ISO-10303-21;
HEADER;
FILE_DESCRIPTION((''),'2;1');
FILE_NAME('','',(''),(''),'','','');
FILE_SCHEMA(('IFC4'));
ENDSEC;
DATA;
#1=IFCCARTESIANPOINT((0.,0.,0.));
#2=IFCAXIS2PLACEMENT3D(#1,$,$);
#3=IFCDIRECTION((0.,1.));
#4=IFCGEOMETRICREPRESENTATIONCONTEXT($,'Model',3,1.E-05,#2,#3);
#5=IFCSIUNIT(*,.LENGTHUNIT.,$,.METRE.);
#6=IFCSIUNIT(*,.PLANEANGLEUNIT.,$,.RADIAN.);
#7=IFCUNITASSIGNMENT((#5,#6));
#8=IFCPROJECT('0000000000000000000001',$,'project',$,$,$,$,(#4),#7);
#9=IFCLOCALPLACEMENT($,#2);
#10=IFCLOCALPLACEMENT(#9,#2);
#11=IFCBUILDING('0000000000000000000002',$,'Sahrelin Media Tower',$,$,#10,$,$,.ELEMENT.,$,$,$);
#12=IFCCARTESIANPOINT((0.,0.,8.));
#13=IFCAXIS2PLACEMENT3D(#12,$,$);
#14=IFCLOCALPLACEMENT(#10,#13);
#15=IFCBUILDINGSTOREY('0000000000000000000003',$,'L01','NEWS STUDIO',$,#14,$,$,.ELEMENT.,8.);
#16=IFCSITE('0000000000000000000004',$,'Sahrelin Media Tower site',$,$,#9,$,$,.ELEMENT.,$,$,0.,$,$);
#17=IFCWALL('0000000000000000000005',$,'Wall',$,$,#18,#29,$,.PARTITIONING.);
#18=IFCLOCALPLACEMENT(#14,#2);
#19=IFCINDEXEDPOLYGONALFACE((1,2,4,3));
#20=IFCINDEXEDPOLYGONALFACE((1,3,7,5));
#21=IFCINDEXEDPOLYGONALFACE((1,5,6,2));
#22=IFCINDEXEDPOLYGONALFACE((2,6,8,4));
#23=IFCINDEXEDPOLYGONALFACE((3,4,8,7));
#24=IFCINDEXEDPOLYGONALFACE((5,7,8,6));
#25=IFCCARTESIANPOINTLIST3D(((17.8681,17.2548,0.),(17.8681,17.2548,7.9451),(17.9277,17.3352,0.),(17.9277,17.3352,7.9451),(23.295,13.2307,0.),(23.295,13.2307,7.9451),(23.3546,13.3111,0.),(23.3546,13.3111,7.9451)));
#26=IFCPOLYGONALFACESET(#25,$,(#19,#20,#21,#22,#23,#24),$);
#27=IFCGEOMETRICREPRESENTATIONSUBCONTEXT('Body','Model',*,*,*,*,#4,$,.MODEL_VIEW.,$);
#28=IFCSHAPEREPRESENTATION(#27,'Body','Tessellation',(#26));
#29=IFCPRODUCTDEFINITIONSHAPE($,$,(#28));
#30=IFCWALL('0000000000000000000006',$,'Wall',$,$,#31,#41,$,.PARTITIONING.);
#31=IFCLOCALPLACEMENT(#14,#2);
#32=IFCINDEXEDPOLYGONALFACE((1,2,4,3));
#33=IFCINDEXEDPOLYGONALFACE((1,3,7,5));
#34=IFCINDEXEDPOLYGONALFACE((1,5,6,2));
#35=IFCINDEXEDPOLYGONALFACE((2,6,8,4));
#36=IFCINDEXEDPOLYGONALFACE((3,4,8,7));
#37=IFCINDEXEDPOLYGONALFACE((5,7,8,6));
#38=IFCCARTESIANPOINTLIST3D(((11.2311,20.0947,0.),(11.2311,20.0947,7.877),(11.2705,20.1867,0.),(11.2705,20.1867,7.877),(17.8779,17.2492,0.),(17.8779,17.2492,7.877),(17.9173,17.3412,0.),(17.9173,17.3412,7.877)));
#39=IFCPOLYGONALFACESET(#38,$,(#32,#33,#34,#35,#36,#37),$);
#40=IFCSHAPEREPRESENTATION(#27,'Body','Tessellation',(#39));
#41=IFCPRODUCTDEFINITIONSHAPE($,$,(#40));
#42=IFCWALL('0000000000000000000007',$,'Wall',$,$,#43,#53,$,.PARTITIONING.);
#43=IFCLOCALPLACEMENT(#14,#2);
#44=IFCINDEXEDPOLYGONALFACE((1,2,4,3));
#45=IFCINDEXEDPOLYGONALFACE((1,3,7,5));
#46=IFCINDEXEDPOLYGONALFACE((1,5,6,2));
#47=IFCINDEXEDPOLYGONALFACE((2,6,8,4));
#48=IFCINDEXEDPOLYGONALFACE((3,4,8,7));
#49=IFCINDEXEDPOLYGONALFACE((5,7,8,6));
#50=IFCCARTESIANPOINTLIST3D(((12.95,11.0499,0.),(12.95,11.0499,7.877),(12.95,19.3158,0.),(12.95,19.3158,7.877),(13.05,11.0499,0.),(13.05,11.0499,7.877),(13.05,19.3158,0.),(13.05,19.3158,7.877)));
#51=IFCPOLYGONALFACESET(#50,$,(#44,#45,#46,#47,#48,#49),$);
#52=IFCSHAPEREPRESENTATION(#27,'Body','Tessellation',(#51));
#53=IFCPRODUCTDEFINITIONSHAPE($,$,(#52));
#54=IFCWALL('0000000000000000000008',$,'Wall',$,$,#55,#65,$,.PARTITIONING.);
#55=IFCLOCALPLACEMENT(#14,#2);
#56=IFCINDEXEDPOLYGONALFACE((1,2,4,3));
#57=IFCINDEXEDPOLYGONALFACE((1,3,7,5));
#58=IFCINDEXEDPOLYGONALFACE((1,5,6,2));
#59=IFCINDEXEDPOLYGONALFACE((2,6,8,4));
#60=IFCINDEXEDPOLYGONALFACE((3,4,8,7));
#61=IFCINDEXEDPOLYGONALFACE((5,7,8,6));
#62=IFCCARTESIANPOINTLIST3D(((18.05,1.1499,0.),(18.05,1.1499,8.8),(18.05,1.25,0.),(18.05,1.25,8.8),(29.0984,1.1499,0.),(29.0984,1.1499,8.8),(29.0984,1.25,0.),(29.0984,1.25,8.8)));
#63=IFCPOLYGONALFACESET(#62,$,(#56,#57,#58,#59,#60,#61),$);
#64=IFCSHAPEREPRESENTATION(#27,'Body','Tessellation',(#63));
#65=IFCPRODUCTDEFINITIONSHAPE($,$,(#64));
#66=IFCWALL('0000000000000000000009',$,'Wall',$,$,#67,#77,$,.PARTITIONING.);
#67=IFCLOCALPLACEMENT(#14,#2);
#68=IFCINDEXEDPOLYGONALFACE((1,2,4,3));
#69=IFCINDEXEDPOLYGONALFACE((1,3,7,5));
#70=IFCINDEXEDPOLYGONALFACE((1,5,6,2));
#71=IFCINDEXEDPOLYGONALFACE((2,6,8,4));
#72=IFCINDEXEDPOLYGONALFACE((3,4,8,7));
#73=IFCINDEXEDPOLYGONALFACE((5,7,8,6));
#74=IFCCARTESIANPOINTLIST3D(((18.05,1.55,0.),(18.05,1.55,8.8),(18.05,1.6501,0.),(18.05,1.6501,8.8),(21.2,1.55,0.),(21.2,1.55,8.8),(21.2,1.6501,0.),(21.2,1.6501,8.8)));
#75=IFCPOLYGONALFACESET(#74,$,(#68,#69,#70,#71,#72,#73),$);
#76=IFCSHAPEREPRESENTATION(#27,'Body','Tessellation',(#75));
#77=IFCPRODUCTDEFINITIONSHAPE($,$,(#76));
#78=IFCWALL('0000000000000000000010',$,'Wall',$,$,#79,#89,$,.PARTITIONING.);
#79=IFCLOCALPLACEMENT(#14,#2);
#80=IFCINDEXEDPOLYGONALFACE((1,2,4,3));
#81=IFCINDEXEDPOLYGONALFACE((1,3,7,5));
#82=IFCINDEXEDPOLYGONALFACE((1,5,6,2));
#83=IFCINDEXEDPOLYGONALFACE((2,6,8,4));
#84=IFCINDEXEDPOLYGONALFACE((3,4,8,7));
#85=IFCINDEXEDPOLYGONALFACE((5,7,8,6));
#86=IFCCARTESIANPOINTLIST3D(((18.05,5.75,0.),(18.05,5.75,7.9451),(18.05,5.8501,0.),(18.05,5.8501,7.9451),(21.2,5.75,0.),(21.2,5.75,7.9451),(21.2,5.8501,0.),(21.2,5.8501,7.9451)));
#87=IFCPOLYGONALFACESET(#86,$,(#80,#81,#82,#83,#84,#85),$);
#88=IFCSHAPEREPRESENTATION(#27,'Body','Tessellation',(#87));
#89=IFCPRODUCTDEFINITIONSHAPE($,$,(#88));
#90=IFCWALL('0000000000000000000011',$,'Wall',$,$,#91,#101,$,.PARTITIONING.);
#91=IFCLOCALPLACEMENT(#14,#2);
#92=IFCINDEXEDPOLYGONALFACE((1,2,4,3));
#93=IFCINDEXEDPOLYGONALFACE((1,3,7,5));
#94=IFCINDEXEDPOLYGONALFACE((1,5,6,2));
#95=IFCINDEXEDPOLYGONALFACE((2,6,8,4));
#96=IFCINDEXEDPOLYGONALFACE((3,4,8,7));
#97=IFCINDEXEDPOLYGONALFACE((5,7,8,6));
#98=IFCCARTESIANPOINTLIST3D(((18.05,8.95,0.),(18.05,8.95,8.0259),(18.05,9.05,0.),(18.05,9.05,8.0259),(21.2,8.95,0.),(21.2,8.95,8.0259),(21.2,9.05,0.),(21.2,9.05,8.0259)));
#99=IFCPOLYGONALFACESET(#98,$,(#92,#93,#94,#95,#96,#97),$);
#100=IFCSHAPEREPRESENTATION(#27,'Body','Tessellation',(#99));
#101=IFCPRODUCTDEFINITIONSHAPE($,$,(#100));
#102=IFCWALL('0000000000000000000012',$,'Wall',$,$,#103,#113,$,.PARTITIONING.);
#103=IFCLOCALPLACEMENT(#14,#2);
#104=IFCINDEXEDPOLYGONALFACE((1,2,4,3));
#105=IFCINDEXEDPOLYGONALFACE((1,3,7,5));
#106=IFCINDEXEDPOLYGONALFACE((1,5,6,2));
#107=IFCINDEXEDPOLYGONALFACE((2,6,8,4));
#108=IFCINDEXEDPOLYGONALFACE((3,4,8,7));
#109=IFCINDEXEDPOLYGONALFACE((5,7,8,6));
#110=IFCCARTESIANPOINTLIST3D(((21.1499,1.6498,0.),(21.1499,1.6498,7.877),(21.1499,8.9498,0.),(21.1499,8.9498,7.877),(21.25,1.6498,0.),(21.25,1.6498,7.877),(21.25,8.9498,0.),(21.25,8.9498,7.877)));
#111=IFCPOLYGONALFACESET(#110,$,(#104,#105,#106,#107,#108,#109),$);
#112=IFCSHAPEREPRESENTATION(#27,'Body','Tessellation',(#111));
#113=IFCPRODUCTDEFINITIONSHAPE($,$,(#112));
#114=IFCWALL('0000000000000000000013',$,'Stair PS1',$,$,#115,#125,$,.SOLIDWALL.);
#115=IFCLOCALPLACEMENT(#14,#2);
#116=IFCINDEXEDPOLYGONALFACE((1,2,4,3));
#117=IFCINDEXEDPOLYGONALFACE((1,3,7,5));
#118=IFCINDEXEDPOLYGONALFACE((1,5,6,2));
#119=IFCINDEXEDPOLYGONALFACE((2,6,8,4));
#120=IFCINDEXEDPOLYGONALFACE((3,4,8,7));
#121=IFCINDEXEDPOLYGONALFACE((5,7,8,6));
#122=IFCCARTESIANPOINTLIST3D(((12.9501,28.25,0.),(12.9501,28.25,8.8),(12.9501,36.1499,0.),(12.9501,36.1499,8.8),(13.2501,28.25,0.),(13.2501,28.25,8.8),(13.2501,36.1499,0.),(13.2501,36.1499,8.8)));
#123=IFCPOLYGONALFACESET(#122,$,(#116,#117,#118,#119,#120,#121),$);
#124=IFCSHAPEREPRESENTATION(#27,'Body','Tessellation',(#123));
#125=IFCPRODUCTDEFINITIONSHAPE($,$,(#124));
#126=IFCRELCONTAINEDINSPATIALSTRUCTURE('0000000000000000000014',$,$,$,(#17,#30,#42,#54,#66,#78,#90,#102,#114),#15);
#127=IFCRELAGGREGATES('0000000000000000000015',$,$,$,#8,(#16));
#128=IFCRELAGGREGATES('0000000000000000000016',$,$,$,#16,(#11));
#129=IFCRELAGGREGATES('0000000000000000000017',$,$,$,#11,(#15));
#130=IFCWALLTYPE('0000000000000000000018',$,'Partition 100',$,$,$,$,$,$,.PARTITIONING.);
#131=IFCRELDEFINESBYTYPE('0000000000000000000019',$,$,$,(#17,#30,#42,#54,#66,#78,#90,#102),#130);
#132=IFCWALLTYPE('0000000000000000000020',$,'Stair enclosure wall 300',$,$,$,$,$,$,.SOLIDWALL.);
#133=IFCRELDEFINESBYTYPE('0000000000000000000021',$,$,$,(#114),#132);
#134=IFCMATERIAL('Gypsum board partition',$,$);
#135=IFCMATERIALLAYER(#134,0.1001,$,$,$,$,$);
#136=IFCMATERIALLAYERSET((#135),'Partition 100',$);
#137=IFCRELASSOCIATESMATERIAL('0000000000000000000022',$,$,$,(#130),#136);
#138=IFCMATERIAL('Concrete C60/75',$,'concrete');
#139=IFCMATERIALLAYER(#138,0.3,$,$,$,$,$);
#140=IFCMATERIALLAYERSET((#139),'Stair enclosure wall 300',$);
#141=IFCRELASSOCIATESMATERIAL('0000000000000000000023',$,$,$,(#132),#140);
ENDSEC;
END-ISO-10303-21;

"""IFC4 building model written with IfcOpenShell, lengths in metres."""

from ifc_helpers import new_model, si_unit, direction, frame, frame_2d, origin, place, context, subcontext, project, spatial, rectangle, extrude, material, layer, layer_set, type_object, element, save


model = new_model("IFC4")

# Units and contexts
model_context = context("Model", 3, precision=1e-05, world=origin(), true_north=direction((0.0, 1.0)))
body_context = subcontext(model_context, "Body", "Model", "MODEL_VIEW")
ifc_project = project(units=[si_unit("LENGTHUNIT", "METRE"), si_unit("PLANEANGLEUNIT", "RADIAN")], contexts=[model_context])

# Site, building, storey
site_placement = place(None, origin())
site = spatial("IfcSite", under=ifc_project, at=site_placement, Name="Sahrelin Media Tower site", CompositionType="ELEMENT", RefElevation=0.0)
building_placement = place(site_placement, origin())
building = spatial("IfcBuilding", under=site, at=building_placement, Name="Sahrelin Media Tower", CompositionType="ELEMENT")
storey_placement = place(building_placement, frame((0.0, 0.0, 8.0)))
storey = spatial("IfcBuildingStorey", under=building, at=storey_placement, Name="L01", Description="NEWS STUDIO", CompositionType="ELEMENT", Elevation=8.0)

# Walls
ifc_material_1 = material(Name="Gypsum board partition")
ifc_layer_1 = layer(ifc_material_1, 0.1001)
ifc_layer_set_1 = layer_set([ifc_layer_1], Name="Partition 100")
wall_type_1 = type_object("IfcWallType", Name="Partition 100", PredefinedType="PARTITIONING", material=ifc_layer_set_1)
wall_1_placement = place(storey_placement, frame((23.3247, 13.271, 0.0), z_axis=(0.0, 0.0, 1.0), x_axis=(-0.803262, 0.595626, 0.0)))
element("IfcWall", 1, at=wall_1_placement, inside=storey, type_object=wall_type_1, Name="Wall", PredefinedType="PARTITIONING", context=body_context, shape_type="SweptSolid", body=[
    extrude(rectangle(XDim=6.7561, YDim=0.1001, at=frame_2d((3.3779, 0.0))), origin(), (0.0, 0.0, 1.0), 7.9451),
])
wall_2_placement = place(storey_placement, frame((17.8977, 17.2952, 0.0), z_axis=(0.0, 0.0, 1.0), x_axis=(-0.919302, 0.393552, 0.0)))
element("IfcWall", 2, at=wall_2_placement, inside=storey, type_object=wall_type_1, Name="Wall", PredefinedType="PARTITIONING", context=body_context, shape_type="SweptSolid", body=[
    extrude(rectangle(XDim=7.2302, YDim=0.1001, at=frame_2d((3.6152, 0.0))), origin(), (0.0, 0.0, 1.0), 7.877),
])
wall_3_placement = place(storey_placement, frame((13.0, 11.05, 0.0), z_axis=(0.0, 0.0, 1.0), x_axis=(0.0, 1.0, 0.0)))
element("IfcWall", 3, at=wall_3_placement, inside=storey, type_object=wall_type_1, Name="Wall", PredefinedType="PARTITIONING", context=body_context, shape_type="SweptSolid", body=[
    extrude(rectangle(XDim=8.2659, YDim=0.1001, at=frame_2d((4.1328, 0.0))), origin(), (0.0, 0.0, 1.0), 7.877),
])
wall_4_placement = place(storey_placement, frame((18.05, 1.2, 0.0), z_axis=(0.0, 0.0, 1.0), x_axis=(1.0, 0.0, 0.0)))
element("IfcWall", 4, at=wall_4_placement, inside=storey, type_object=wall_type_1, Name="Wall", PredefinedType="PARTITIONING", context=body_context, shape_type="SweptSolid", body=[
    extrude(rectangle(XDim=11.0483, YDim=0.1001, at=frame_2d((5.5242, 0.0))), origin(), (0.0, 0.0, 1.0), 8.8),
])
wall_5_placement = place(storey_placement, frame((18.05, 1.6001, 0.0), z_axis=(0.0, 0.0, 1.0), x_axis=(1.0, 0.0, 0.0)))
element("IfcWall", 5, at=wall_5_placement, inside=storey, type_object=wall_type_1, Name="Wall", PredefinedType="PARTITIONING", context=body_context, shape_type="SweptSolid", body=[
    extrude(rectangle(XDim=3.1499, YDim=0.1001, at=frame_2d((1.575, 0.0))), origin(), (0.0, 0.0, 1.0), 8.8),
])
wall_6_placement = place(storey_placement, frame((18.05, 5.8, 0.0), z_axis=(0.0, 0.0, 1.0), x_axis=(1.0, 0.0, 0.0)))
element("IfcWall", 6, at=wall_6_placement, inside=storey, type_object=wall_type_1, Name="Wall", PredefinedType="PARTITIONING", context=body_context, shape_type="SweptSolid", body=[
    extrude(rectangle(XDim=3.1499, YDim=0.1001, at=frame_2d((1.575, 0.0))), origin(), (0.0, 0.0, 1.0), 7.9451),
])
wall_7_placement = place(storey_placement, frame((18.05, 9.0, 0.0), z_axis=(0.0, 0.0, 1.0), x_axis=(1.0, 0.0, 0.0)))
element("IfcWall", 7, at=wall_7_placement, inside=storey, type_object=wall_type_1, Name="Wall", PredefinedType="PARTITIONING", context=body_context, shape_type="SweptSolid", body=[
    extrude(rectangle(XDim=3.1499, YDim=0.1001, at=frame_2d((1.575, 0.0))), origin(), (0.0, 0.0, 1.0), 8.0259),
])
wall_8_placement = place(storey_placement, frame((21.2, 1.6499, 0.0), z_axis=(0.0, 0.0, 1.0), x_axis=(0.0, 1.0, 0.0)))
element("IfcWall", 8, at=wall_8_placement, inside=storey, type_object=wall_type_1, Name="Wall", PredefinedType="PARTITIONING", context=body_context, shape_type="SweptSolid", body=[
    extrude(rectangle(XDim=7.3, YDim=0.1001, at=frame_2d((3.6499, 0.0))), origin(), (0.0, 0.0, 1.0), 7.877),
])

# Shared definitions
ifc_material_2 = material(Name="Concrete C60/75", Category="concrete")
ifc_layer_2 = layer(ifc_material_2, 0.3)
ifc_layer_set_2 = layer_set([ifc_layer_2], Name="Stair enclosure wall 300")
wall_type_2 = type_object("IfcWallType", Name="Stair enclosure wall 300", PredefinedType="SOLIDWALL", material=ifc_layer_set_2)

# Wall
wall_9_placement = place(storey_placement, frame((13.1001, 36.1499, 0.0), z_axis=(0.0, 0.0, 1.0), x_axis=(0.0, -1.0, 0.0)))
element("IfcWall", 9, at=wall_9_placement, inside=storey, type_object=wall_type_2, Name="Stair PS1", PredefinedType="SOLIDWALL", context=body_context, shape_type="SweptSolid", body=[
    extrude(rectangle(XDim=7.8999, YDim=0.3, at=frame_2d((3.95, 0.0))), origin(), (0.0, 0.0, 1.0), 8.8),
])

save(model, "model.ifc")
